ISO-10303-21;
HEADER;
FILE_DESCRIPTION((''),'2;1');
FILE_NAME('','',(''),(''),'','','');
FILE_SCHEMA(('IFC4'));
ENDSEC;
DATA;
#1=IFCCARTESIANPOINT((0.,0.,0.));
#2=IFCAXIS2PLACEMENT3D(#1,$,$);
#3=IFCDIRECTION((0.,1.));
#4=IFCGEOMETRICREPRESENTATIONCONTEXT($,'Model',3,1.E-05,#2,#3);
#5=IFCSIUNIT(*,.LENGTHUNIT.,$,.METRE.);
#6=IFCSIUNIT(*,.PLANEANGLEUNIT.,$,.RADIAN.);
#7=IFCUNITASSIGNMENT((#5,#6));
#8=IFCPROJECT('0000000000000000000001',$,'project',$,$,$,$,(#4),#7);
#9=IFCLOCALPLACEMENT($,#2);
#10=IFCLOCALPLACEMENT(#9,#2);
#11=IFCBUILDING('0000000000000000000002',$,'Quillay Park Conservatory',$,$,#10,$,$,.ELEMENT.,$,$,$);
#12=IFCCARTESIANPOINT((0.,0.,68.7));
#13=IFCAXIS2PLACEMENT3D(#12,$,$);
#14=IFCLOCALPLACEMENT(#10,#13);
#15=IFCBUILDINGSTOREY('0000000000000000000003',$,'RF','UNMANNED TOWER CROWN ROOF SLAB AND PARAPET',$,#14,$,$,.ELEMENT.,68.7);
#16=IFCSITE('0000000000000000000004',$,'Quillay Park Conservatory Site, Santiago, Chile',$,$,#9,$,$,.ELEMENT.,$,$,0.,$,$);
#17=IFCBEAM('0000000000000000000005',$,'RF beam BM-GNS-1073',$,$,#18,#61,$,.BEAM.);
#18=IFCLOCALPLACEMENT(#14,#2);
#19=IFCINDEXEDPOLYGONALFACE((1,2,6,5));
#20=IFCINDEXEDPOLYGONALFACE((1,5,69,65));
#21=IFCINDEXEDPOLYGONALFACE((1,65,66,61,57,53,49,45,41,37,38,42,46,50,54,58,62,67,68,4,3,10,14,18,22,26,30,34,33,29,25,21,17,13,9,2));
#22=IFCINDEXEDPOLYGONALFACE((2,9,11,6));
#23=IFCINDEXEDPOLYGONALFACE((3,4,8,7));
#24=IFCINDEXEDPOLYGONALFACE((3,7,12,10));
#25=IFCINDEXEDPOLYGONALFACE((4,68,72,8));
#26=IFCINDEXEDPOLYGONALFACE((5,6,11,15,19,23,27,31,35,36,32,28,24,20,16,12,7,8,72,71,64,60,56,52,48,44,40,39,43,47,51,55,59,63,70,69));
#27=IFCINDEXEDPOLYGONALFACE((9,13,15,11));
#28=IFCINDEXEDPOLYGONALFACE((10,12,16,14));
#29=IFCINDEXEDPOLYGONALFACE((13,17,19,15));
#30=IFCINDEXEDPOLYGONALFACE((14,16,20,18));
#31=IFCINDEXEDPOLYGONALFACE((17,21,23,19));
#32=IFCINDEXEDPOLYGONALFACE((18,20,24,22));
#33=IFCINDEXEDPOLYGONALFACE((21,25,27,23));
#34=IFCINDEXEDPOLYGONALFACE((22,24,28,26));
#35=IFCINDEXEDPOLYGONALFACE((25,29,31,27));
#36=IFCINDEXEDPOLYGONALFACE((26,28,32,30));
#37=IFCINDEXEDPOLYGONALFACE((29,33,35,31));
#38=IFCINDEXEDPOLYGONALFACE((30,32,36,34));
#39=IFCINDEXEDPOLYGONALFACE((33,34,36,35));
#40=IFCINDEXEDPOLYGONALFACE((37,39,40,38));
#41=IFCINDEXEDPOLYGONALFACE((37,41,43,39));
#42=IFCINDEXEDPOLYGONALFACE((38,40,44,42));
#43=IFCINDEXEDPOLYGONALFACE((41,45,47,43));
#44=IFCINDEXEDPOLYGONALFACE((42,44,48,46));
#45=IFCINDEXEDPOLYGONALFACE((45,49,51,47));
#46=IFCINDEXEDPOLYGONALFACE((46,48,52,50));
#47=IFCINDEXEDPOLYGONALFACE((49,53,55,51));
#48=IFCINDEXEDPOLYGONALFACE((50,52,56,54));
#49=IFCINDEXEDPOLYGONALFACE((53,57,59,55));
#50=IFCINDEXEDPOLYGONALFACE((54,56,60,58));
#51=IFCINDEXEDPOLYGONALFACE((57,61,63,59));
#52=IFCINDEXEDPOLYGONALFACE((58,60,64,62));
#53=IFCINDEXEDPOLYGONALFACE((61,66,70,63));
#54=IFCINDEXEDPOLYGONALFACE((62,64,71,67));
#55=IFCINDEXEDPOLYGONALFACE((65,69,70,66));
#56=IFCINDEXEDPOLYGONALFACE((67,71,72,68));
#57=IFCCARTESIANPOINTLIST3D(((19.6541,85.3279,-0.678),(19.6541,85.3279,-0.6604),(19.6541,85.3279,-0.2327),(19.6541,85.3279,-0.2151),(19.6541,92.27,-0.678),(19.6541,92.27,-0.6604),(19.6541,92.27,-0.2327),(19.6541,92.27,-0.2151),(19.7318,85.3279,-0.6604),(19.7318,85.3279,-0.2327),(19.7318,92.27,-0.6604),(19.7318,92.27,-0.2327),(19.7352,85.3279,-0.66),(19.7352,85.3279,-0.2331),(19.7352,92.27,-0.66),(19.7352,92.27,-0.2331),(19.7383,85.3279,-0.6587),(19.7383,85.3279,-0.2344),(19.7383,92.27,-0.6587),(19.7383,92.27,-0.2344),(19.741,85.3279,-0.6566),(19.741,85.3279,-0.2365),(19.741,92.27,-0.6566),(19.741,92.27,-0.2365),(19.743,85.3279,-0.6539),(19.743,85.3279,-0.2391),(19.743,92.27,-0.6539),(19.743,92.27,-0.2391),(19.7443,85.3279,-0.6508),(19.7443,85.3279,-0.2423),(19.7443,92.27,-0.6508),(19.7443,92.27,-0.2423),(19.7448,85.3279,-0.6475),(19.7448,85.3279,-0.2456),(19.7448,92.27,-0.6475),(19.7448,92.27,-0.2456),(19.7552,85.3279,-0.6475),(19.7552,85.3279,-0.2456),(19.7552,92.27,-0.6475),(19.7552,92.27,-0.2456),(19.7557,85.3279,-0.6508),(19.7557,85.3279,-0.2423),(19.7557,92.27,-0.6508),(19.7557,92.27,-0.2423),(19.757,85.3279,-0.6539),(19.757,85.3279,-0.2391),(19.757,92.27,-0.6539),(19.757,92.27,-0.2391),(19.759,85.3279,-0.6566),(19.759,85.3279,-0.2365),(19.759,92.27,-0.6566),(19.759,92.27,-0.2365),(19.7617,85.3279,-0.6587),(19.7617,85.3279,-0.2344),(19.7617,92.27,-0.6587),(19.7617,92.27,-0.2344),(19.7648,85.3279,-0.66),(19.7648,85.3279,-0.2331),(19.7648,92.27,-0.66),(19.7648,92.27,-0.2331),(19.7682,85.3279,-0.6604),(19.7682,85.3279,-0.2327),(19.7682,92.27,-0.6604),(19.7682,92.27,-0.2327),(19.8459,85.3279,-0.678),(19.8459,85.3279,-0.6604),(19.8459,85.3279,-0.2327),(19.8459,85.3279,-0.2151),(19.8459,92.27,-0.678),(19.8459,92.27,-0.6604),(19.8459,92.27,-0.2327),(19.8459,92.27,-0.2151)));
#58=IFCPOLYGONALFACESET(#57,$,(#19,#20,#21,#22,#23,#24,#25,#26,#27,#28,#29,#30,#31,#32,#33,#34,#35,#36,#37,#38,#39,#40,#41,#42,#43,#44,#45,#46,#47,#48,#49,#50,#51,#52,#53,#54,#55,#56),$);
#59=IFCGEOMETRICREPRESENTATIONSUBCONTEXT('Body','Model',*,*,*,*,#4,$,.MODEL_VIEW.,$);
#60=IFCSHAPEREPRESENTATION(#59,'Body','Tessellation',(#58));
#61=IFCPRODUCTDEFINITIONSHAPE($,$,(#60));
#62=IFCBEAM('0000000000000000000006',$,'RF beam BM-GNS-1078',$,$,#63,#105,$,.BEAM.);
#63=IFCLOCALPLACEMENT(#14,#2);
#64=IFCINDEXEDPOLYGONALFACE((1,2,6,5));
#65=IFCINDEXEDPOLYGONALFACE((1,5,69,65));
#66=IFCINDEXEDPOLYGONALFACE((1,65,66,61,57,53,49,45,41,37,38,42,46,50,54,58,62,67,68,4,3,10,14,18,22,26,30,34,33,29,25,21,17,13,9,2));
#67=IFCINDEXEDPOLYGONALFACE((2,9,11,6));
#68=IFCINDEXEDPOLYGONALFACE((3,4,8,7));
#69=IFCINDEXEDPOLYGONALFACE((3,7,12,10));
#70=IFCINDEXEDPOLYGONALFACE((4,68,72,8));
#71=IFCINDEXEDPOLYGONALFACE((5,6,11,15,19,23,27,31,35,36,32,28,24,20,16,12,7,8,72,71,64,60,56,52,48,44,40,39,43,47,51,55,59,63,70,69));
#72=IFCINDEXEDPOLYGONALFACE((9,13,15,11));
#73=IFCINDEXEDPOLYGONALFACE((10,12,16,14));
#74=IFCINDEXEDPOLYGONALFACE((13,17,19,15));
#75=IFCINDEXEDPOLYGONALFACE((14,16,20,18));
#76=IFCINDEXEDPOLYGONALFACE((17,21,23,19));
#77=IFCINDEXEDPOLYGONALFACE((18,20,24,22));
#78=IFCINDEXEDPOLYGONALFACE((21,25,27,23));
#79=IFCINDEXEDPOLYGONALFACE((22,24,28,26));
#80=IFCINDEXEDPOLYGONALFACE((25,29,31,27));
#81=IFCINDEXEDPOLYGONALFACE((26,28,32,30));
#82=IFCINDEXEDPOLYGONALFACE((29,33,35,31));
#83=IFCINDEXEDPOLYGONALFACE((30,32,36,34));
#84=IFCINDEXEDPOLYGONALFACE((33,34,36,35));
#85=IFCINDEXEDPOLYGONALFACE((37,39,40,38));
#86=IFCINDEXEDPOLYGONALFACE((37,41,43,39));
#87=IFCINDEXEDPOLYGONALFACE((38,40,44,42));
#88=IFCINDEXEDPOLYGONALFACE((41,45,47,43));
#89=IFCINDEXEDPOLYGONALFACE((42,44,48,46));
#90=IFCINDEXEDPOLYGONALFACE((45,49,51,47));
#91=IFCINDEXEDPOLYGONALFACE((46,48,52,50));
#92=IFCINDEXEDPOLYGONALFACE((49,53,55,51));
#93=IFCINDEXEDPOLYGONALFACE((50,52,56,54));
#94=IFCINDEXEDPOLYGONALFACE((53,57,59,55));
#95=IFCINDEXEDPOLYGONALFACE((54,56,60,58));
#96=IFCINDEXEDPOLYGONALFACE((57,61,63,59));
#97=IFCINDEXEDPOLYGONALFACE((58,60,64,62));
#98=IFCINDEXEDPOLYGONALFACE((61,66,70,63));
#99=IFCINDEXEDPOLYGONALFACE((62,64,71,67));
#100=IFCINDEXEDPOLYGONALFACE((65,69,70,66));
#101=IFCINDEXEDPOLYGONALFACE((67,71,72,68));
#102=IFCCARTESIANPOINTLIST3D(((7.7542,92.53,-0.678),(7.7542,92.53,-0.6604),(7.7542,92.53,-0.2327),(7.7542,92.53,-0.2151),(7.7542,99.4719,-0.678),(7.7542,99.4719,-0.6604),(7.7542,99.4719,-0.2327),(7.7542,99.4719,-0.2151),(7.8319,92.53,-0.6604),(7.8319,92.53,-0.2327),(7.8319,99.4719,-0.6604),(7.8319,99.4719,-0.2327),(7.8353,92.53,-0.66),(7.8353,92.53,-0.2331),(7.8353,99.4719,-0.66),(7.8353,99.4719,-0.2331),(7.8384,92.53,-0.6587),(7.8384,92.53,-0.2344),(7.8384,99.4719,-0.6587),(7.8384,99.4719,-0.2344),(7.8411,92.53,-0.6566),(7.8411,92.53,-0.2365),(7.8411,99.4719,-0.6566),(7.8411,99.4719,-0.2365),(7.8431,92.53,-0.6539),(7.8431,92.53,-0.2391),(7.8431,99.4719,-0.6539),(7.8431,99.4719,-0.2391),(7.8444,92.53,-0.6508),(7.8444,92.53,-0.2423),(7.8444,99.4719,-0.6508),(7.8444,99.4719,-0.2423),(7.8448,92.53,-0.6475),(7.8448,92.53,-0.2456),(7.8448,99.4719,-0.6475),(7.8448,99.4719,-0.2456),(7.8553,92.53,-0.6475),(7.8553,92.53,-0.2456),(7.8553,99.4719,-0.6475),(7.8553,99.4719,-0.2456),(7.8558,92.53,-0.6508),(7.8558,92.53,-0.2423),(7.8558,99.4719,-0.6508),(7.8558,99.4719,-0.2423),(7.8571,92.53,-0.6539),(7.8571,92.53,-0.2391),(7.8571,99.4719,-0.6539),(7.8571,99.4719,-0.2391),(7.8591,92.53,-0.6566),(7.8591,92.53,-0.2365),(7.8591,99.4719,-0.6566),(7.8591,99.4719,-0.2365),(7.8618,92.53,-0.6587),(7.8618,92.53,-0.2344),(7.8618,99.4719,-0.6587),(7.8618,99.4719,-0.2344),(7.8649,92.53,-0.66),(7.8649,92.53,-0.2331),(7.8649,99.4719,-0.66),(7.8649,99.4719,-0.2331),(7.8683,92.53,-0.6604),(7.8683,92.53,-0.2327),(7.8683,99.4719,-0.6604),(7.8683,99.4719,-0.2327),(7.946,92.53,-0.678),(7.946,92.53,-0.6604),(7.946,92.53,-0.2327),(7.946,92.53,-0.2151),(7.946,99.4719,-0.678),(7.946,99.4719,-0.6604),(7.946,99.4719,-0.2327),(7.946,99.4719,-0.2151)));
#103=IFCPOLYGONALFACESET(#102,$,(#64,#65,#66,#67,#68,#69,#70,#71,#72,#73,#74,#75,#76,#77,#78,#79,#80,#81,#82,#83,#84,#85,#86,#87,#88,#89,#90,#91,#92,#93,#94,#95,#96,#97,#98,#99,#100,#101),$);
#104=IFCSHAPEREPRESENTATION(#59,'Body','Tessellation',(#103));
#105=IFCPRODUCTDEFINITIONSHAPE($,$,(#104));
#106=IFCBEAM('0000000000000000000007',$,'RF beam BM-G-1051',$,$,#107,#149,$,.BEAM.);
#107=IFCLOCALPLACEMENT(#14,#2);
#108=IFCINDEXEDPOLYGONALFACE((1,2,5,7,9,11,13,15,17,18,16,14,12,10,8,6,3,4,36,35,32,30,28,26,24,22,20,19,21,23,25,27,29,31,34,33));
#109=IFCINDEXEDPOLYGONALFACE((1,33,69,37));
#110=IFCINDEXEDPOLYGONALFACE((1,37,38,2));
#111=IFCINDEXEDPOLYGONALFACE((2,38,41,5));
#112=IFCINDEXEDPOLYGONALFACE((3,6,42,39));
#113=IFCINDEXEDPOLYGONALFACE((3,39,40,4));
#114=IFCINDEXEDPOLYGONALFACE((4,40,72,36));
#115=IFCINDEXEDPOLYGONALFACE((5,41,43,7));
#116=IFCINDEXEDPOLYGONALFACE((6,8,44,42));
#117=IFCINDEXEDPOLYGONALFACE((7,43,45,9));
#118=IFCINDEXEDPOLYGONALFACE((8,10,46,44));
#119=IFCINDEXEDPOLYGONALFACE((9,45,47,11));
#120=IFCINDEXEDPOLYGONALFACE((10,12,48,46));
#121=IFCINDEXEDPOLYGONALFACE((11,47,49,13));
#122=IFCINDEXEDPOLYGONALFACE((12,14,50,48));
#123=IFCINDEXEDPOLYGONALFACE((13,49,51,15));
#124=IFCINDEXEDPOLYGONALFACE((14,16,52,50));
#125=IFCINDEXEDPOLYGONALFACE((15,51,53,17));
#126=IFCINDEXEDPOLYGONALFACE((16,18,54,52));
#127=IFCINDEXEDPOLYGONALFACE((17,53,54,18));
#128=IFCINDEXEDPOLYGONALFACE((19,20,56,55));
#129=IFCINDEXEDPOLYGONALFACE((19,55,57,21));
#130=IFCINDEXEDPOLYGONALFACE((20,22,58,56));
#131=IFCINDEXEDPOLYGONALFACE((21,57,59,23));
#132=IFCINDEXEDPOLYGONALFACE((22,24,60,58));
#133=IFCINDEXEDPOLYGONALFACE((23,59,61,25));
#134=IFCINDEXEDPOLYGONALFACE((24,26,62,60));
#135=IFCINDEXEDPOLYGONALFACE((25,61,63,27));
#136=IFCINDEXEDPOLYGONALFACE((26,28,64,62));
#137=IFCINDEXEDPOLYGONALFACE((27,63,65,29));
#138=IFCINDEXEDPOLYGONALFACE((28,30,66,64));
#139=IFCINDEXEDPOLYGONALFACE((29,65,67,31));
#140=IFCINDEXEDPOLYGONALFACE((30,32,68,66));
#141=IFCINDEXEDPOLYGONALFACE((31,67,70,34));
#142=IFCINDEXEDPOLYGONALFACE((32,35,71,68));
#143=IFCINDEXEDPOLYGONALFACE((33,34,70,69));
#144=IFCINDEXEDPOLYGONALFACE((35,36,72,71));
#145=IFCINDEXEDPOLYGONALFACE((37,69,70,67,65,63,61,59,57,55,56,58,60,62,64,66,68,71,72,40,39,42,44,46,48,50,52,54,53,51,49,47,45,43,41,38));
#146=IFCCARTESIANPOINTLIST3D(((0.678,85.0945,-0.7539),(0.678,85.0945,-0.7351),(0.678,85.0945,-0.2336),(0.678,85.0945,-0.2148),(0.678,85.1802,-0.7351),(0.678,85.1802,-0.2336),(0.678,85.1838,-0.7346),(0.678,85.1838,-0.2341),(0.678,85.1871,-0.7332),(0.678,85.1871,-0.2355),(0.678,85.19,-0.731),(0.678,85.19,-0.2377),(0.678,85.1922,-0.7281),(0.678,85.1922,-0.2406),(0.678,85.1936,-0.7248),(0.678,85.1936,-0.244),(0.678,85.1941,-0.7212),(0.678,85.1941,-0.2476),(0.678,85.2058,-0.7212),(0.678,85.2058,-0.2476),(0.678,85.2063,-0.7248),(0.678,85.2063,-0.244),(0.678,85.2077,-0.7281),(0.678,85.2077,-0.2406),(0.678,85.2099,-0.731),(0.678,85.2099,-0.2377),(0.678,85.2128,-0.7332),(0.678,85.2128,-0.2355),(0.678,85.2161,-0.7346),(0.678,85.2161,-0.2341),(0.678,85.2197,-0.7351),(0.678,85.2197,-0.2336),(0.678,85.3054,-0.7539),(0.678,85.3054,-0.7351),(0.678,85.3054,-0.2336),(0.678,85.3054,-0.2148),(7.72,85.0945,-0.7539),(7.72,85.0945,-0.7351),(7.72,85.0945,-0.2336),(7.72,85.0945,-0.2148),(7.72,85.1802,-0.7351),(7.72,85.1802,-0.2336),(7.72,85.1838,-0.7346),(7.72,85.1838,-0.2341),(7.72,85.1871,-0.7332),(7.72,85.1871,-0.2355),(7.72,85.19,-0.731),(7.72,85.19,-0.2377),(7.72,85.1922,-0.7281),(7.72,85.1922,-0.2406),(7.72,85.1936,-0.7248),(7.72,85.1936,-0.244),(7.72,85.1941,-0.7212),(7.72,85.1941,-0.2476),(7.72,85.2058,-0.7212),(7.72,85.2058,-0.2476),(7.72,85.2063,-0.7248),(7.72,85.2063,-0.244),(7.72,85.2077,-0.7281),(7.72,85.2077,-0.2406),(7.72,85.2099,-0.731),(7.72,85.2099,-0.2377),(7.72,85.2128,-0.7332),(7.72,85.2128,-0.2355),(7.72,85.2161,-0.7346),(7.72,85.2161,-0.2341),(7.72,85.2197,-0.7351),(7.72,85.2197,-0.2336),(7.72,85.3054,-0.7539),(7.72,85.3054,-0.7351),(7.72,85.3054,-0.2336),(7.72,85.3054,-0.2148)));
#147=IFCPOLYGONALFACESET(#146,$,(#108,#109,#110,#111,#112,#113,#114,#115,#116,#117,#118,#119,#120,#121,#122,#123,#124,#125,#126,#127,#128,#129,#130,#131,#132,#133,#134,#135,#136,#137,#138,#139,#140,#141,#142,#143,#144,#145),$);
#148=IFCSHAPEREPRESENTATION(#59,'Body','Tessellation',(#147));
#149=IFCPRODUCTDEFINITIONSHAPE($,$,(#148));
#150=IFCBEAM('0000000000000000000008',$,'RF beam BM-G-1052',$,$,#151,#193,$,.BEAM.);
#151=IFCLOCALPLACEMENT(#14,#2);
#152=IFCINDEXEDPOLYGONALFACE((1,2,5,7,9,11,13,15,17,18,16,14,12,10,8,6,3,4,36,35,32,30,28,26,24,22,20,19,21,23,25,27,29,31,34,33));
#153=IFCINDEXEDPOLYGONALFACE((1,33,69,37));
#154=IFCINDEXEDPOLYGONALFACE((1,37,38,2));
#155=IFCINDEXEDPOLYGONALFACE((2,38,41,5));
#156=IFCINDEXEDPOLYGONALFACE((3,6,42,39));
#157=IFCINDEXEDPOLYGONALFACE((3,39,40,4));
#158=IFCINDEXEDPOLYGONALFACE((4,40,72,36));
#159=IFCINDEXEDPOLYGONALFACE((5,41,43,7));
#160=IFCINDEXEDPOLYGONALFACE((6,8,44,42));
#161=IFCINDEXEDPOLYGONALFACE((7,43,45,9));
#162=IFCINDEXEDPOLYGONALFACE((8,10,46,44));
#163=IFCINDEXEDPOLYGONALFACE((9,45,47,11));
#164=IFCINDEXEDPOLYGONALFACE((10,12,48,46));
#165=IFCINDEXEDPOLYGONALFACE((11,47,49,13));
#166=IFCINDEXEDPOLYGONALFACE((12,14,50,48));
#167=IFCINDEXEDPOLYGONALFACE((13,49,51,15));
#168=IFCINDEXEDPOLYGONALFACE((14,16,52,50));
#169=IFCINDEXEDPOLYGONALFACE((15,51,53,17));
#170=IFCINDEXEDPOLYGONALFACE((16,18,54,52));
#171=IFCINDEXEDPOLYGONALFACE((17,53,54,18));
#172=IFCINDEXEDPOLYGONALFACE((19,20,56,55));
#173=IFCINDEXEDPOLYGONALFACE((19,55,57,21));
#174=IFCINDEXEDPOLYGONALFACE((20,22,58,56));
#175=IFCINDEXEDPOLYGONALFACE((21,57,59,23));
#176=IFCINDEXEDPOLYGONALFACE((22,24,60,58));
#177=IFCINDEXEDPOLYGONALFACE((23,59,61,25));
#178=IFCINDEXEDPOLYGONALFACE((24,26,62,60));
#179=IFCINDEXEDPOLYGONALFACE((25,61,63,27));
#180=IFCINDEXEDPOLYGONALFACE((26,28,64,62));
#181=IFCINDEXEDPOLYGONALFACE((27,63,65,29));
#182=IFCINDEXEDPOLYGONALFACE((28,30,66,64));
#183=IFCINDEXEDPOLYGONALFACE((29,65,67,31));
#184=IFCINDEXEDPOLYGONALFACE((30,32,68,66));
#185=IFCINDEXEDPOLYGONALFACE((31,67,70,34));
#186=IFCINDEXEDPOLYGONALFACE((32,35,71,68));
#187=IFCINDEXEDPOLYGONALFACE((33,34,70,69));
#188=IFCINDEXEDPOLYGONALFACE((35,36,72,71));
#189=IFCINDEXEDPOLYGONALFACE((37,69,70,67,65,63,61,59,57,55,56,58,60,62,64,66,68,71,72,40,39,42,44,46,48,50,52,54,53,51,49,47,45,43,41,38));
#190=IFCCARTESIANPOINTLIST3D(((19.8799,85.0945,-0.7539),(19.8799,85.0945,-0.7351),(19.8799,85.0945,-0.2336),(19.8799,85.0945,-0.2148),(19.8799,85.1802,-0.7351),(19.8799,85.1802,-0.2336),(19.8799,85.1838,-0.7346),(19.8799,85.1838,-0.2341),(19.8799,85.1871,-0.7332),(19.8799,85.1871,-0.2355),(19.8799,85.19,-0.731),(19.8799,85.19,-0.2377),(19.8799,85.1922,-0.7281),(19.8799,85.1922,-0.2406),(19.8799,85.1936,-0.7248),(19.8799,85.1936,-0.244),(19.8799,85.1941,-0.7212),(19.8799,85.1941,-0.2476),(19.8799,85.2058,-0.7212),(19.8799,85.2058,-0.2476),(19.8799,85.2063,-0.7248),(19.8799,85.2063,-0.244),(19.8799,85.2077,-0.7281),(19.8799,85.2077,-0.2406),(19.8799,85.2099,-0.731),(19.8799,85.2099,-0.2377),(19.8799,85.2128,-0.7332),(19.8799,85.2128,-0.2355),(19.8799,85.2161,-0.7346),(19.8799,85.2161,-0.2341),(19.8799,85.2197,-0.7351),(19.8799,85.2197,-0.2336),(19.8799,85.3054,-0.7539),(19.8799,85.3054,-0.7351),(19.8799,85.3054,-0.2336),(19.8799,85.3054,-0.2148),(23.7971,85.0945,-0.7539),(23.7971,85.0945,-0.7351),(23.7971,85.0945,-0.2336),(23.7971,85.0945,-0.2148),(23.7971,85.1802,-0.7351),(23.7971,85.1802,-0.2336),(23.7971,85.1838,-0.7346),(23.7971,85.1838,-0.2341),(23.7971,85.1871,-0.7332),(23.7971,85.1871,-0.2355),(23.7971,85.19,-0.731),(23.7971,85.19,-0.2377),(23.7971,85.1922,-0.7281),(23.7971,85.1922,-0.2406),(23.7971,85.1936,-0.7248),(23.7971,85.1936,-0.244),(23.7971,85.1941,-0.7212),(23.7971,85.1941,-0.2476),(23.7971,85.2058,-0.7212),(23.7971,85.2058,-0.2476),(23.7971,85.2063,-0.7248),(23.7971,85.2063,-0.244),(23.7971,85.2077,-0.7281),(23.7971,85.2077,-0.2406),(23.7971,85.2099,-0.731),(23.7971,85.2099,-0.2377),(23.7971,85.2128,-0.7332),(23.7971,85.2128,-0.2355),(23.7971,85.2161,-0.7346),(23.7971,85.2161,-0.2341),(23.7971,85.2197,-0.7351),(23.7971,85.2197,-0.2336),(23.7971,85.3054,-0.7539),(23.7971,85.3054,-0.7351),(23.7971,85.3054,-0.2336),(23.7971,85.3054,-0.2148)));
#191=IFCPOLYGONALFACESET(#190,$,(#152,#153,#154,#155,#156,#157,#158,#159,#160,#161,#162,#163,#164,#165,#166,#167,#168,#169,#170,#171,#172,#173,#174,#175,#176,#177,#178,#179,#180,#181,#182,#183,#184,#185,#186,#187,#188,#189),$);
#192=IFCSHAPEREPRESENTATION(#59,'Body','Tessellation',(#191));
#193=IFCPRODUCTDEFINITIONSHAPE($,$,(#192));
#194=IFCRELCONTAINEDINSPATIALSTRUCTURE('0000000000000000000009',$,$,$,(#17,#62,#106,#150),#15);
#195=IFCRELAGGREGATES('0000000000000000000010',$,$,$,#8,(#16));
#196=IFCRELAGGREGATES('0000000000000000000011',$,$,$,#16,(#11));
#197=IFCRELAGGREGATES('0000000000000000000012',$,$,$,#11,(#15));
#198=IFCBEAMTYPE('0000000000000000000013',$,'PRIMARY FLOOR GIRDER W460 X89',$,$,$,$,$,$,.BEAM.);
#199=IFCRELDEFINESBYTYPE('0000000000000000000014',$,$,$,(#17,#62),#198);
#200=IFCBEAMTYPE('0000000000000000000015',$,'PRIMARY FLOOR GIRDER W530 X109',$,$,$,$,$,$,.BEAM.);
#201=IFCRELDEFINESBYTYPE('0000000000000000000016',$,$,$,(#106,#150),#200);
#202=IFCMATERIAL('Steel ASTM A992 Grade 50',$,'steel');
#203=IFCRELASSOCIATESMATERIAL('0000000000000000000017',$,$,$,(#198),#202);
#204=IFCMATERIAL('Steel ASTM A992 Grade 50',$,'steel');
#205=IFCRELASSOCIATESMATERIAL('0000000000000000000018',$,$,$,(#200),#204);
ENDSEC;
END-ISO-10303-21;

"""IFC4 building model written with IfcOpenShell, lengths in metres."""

from ifc_helpers import new_model, si_unit, direction, frame, origin, origin_2d, place, context, subcontext, project, spatial, i_section, extrude, material, material_profile, profile_set, type_object, element, save


model = new_model("IFC4")

# Units and contexts
model_context = context("Model", 3, precision=1e-05, world=origin(), true_north=direction((0.0, 1.0)))
body_context = subcontext(model_context, "Body", "Model", "MODEL_VIEW")
ifc_project = project(units=[si_unit("LENGTHUNIT", "METRE"), si_unit("PLANEANGLEUNIT", "RADIAN")], contexts=[model_context])

# Site, building, storey
site_placement = place(None, origin())
site = spatial("IfcSite", under=ifc_project, at=site_placement, Name="Quillay Park Conservatory Site, Santiago, Chile", CompositionType="ELEMENT", RefElevation=0.0)
building_placement = place(site_placement, origin())
building = spatial("IfcBuilding", under=site, at=building_placement, Name="Quillay Park Conservatory", CompositionType="ELEMENT")
storey_placement = place(building_placement, frame((0.0, 0.0, 68.7)))
storey = spatial("IfcBuildingStorey", under=building, at=storey_placement, Name="RF", Description="UNMANNED TOWER CROWN ROOF SLAB AND PARAPET", CompositionType="ELEMENT", Elevation=68.7)

# Beams
ifc_material_1 = material(Name="Steel ASTM A992 Grade 50", Category="steel")
ifc_material_profile_1 = material_profile(ifc_material_1, i_section(OverallWidth=0.1919, OverallDepth=0.4629, WebThickness=0.0105, FlangeThickness=0.0176, FilletRadius=0.0129, at=origin_2d()), Name="W460x89")
ifc_profile_set_1 = profile_set([ifc_material_profile_1], Name="Steel ASTM A992 Grade 50")
beam_type_1 = type_object("IfcBeamType", Name="PRIMARY FLOOR GIRDER W460 X89", PredefinedType="BEAM", material=ifc_profile_set_1)
for number, where, z_axis, x_axis, name in (
    (1, (19.75, 85.3279, -0.4465), (0.0, 1.0, 0.0), (-1.0, 0.0, 0.0), "RF beam BM-GNS-1073"),
):
    element("IfcBeam", number, at=place(storey_placement, frame(where, z_axis=z_axis, x_axis=x_axis)), inside=storey, type_object=beam_type_1, Name=name, PredefinedType="BEAM", context=body_context, shape_type="SweptSolid", body=[
        extrude(i_section(OverallWidth=0.1919, OverallDepth=0.4629, WebThickness=0.0105, FlangeThickness=0.0176, FilletRadius=0.0129, at=origin_2d()), origin(), (0.0, 0.0, 1.0), 6.9421),
    ])
beam_1_placement = place(storey_placement, frame((7.8501, 92.53, -0.4465), z_axis=(0.0, 1.0, 0.0), x_axis=(-1.0, 0.0, 0.0)))
element("IfcBeam", 2, at=beam_1_placement, inside=storey, type_object=beam_type_1, Name="RF beam BM-GNS-1078", PredefinedType="BEAM", context=body_context, shape_type="SweptSolid", body=[
    extrude(i_section(OverallWidth=0.1919, OverallDepth=0.4629, WebThickness=0.0105, FlangeThickness=0.0176, FilletRadius=0.0129, at=origin_2d()), origin(), (0.0, 0.0, 1.0), 6.9419),
])
ifc_material_2 = material(Name="Steel ASTM A992 Grade 50", Category="steel")
ifc_material_profile_2 = material_profile(ifc_material_2, i_section(OverallWidth=0.2109, OverallDepth=0.5391, WebThickness=0.0117, FlangeThickness=0.0188, FilletRadius=0.0139, at=origin_2d()), Name="W530x109")
ifc_profile_set_2 = profile_set([ifc_material_profile_2], Name="Steel ASTM A992 Grade 50")
beam_type_2 = type_object("IfcBeamType", Name="PRIMARY FLOOR GIRDER W530 X109", PredefinedType="BEAM", material=ifc_profile_set_2)
beam_2_placement = place(storey_placement, frame((0.678, 85.2, -0.4844), z_axis=(1.0, 0.0, 0.0), x_axis=(0.0, 1.0, 0.0)))
element("IfcBeam", 3, at=beam_2_placement, inside=storey, type_object=beam_type_2, Name="RF beam BM-G-1051", PredefinedType="BEAM", context=body_context, shape_type="SweptSolid", body=[
    extrude(i_section(OverallWidth=0.2109, OverallDepth=0.5391, WebThickness=0.0117, FlangeThickness=0.0188, FilletRadius=0.0139, at=origin_2d()), origin(), (0.0, 0.0, 1.0), 7.042),
])
beam_3_placement = place(storey_placement, frame((19.8799, 85.2, -0.4844), z_axis=(1.0, 0.0, 0.0), x_axis=(0.0, 1.0, 0.0)))
element("IfcBeam", 4, at=beam_3_placement, inside=storey, type_object=beam_type_2, Name="RF beam BM-G-1052", PredefinedType="BEAM", context=body_context, shape_type="SweptSolid", body=[
    extrude(i_section(OverallWidth=0.2109, OverallDepth=0.5391, WebThickness=0.0117, FlangeThickness=0.0188, FilletRadius=0.0139, at=origin_2d()), origin(), (0.0, 0.0, 1.0), 3.9172),
])

save(model, "model.ifc")
